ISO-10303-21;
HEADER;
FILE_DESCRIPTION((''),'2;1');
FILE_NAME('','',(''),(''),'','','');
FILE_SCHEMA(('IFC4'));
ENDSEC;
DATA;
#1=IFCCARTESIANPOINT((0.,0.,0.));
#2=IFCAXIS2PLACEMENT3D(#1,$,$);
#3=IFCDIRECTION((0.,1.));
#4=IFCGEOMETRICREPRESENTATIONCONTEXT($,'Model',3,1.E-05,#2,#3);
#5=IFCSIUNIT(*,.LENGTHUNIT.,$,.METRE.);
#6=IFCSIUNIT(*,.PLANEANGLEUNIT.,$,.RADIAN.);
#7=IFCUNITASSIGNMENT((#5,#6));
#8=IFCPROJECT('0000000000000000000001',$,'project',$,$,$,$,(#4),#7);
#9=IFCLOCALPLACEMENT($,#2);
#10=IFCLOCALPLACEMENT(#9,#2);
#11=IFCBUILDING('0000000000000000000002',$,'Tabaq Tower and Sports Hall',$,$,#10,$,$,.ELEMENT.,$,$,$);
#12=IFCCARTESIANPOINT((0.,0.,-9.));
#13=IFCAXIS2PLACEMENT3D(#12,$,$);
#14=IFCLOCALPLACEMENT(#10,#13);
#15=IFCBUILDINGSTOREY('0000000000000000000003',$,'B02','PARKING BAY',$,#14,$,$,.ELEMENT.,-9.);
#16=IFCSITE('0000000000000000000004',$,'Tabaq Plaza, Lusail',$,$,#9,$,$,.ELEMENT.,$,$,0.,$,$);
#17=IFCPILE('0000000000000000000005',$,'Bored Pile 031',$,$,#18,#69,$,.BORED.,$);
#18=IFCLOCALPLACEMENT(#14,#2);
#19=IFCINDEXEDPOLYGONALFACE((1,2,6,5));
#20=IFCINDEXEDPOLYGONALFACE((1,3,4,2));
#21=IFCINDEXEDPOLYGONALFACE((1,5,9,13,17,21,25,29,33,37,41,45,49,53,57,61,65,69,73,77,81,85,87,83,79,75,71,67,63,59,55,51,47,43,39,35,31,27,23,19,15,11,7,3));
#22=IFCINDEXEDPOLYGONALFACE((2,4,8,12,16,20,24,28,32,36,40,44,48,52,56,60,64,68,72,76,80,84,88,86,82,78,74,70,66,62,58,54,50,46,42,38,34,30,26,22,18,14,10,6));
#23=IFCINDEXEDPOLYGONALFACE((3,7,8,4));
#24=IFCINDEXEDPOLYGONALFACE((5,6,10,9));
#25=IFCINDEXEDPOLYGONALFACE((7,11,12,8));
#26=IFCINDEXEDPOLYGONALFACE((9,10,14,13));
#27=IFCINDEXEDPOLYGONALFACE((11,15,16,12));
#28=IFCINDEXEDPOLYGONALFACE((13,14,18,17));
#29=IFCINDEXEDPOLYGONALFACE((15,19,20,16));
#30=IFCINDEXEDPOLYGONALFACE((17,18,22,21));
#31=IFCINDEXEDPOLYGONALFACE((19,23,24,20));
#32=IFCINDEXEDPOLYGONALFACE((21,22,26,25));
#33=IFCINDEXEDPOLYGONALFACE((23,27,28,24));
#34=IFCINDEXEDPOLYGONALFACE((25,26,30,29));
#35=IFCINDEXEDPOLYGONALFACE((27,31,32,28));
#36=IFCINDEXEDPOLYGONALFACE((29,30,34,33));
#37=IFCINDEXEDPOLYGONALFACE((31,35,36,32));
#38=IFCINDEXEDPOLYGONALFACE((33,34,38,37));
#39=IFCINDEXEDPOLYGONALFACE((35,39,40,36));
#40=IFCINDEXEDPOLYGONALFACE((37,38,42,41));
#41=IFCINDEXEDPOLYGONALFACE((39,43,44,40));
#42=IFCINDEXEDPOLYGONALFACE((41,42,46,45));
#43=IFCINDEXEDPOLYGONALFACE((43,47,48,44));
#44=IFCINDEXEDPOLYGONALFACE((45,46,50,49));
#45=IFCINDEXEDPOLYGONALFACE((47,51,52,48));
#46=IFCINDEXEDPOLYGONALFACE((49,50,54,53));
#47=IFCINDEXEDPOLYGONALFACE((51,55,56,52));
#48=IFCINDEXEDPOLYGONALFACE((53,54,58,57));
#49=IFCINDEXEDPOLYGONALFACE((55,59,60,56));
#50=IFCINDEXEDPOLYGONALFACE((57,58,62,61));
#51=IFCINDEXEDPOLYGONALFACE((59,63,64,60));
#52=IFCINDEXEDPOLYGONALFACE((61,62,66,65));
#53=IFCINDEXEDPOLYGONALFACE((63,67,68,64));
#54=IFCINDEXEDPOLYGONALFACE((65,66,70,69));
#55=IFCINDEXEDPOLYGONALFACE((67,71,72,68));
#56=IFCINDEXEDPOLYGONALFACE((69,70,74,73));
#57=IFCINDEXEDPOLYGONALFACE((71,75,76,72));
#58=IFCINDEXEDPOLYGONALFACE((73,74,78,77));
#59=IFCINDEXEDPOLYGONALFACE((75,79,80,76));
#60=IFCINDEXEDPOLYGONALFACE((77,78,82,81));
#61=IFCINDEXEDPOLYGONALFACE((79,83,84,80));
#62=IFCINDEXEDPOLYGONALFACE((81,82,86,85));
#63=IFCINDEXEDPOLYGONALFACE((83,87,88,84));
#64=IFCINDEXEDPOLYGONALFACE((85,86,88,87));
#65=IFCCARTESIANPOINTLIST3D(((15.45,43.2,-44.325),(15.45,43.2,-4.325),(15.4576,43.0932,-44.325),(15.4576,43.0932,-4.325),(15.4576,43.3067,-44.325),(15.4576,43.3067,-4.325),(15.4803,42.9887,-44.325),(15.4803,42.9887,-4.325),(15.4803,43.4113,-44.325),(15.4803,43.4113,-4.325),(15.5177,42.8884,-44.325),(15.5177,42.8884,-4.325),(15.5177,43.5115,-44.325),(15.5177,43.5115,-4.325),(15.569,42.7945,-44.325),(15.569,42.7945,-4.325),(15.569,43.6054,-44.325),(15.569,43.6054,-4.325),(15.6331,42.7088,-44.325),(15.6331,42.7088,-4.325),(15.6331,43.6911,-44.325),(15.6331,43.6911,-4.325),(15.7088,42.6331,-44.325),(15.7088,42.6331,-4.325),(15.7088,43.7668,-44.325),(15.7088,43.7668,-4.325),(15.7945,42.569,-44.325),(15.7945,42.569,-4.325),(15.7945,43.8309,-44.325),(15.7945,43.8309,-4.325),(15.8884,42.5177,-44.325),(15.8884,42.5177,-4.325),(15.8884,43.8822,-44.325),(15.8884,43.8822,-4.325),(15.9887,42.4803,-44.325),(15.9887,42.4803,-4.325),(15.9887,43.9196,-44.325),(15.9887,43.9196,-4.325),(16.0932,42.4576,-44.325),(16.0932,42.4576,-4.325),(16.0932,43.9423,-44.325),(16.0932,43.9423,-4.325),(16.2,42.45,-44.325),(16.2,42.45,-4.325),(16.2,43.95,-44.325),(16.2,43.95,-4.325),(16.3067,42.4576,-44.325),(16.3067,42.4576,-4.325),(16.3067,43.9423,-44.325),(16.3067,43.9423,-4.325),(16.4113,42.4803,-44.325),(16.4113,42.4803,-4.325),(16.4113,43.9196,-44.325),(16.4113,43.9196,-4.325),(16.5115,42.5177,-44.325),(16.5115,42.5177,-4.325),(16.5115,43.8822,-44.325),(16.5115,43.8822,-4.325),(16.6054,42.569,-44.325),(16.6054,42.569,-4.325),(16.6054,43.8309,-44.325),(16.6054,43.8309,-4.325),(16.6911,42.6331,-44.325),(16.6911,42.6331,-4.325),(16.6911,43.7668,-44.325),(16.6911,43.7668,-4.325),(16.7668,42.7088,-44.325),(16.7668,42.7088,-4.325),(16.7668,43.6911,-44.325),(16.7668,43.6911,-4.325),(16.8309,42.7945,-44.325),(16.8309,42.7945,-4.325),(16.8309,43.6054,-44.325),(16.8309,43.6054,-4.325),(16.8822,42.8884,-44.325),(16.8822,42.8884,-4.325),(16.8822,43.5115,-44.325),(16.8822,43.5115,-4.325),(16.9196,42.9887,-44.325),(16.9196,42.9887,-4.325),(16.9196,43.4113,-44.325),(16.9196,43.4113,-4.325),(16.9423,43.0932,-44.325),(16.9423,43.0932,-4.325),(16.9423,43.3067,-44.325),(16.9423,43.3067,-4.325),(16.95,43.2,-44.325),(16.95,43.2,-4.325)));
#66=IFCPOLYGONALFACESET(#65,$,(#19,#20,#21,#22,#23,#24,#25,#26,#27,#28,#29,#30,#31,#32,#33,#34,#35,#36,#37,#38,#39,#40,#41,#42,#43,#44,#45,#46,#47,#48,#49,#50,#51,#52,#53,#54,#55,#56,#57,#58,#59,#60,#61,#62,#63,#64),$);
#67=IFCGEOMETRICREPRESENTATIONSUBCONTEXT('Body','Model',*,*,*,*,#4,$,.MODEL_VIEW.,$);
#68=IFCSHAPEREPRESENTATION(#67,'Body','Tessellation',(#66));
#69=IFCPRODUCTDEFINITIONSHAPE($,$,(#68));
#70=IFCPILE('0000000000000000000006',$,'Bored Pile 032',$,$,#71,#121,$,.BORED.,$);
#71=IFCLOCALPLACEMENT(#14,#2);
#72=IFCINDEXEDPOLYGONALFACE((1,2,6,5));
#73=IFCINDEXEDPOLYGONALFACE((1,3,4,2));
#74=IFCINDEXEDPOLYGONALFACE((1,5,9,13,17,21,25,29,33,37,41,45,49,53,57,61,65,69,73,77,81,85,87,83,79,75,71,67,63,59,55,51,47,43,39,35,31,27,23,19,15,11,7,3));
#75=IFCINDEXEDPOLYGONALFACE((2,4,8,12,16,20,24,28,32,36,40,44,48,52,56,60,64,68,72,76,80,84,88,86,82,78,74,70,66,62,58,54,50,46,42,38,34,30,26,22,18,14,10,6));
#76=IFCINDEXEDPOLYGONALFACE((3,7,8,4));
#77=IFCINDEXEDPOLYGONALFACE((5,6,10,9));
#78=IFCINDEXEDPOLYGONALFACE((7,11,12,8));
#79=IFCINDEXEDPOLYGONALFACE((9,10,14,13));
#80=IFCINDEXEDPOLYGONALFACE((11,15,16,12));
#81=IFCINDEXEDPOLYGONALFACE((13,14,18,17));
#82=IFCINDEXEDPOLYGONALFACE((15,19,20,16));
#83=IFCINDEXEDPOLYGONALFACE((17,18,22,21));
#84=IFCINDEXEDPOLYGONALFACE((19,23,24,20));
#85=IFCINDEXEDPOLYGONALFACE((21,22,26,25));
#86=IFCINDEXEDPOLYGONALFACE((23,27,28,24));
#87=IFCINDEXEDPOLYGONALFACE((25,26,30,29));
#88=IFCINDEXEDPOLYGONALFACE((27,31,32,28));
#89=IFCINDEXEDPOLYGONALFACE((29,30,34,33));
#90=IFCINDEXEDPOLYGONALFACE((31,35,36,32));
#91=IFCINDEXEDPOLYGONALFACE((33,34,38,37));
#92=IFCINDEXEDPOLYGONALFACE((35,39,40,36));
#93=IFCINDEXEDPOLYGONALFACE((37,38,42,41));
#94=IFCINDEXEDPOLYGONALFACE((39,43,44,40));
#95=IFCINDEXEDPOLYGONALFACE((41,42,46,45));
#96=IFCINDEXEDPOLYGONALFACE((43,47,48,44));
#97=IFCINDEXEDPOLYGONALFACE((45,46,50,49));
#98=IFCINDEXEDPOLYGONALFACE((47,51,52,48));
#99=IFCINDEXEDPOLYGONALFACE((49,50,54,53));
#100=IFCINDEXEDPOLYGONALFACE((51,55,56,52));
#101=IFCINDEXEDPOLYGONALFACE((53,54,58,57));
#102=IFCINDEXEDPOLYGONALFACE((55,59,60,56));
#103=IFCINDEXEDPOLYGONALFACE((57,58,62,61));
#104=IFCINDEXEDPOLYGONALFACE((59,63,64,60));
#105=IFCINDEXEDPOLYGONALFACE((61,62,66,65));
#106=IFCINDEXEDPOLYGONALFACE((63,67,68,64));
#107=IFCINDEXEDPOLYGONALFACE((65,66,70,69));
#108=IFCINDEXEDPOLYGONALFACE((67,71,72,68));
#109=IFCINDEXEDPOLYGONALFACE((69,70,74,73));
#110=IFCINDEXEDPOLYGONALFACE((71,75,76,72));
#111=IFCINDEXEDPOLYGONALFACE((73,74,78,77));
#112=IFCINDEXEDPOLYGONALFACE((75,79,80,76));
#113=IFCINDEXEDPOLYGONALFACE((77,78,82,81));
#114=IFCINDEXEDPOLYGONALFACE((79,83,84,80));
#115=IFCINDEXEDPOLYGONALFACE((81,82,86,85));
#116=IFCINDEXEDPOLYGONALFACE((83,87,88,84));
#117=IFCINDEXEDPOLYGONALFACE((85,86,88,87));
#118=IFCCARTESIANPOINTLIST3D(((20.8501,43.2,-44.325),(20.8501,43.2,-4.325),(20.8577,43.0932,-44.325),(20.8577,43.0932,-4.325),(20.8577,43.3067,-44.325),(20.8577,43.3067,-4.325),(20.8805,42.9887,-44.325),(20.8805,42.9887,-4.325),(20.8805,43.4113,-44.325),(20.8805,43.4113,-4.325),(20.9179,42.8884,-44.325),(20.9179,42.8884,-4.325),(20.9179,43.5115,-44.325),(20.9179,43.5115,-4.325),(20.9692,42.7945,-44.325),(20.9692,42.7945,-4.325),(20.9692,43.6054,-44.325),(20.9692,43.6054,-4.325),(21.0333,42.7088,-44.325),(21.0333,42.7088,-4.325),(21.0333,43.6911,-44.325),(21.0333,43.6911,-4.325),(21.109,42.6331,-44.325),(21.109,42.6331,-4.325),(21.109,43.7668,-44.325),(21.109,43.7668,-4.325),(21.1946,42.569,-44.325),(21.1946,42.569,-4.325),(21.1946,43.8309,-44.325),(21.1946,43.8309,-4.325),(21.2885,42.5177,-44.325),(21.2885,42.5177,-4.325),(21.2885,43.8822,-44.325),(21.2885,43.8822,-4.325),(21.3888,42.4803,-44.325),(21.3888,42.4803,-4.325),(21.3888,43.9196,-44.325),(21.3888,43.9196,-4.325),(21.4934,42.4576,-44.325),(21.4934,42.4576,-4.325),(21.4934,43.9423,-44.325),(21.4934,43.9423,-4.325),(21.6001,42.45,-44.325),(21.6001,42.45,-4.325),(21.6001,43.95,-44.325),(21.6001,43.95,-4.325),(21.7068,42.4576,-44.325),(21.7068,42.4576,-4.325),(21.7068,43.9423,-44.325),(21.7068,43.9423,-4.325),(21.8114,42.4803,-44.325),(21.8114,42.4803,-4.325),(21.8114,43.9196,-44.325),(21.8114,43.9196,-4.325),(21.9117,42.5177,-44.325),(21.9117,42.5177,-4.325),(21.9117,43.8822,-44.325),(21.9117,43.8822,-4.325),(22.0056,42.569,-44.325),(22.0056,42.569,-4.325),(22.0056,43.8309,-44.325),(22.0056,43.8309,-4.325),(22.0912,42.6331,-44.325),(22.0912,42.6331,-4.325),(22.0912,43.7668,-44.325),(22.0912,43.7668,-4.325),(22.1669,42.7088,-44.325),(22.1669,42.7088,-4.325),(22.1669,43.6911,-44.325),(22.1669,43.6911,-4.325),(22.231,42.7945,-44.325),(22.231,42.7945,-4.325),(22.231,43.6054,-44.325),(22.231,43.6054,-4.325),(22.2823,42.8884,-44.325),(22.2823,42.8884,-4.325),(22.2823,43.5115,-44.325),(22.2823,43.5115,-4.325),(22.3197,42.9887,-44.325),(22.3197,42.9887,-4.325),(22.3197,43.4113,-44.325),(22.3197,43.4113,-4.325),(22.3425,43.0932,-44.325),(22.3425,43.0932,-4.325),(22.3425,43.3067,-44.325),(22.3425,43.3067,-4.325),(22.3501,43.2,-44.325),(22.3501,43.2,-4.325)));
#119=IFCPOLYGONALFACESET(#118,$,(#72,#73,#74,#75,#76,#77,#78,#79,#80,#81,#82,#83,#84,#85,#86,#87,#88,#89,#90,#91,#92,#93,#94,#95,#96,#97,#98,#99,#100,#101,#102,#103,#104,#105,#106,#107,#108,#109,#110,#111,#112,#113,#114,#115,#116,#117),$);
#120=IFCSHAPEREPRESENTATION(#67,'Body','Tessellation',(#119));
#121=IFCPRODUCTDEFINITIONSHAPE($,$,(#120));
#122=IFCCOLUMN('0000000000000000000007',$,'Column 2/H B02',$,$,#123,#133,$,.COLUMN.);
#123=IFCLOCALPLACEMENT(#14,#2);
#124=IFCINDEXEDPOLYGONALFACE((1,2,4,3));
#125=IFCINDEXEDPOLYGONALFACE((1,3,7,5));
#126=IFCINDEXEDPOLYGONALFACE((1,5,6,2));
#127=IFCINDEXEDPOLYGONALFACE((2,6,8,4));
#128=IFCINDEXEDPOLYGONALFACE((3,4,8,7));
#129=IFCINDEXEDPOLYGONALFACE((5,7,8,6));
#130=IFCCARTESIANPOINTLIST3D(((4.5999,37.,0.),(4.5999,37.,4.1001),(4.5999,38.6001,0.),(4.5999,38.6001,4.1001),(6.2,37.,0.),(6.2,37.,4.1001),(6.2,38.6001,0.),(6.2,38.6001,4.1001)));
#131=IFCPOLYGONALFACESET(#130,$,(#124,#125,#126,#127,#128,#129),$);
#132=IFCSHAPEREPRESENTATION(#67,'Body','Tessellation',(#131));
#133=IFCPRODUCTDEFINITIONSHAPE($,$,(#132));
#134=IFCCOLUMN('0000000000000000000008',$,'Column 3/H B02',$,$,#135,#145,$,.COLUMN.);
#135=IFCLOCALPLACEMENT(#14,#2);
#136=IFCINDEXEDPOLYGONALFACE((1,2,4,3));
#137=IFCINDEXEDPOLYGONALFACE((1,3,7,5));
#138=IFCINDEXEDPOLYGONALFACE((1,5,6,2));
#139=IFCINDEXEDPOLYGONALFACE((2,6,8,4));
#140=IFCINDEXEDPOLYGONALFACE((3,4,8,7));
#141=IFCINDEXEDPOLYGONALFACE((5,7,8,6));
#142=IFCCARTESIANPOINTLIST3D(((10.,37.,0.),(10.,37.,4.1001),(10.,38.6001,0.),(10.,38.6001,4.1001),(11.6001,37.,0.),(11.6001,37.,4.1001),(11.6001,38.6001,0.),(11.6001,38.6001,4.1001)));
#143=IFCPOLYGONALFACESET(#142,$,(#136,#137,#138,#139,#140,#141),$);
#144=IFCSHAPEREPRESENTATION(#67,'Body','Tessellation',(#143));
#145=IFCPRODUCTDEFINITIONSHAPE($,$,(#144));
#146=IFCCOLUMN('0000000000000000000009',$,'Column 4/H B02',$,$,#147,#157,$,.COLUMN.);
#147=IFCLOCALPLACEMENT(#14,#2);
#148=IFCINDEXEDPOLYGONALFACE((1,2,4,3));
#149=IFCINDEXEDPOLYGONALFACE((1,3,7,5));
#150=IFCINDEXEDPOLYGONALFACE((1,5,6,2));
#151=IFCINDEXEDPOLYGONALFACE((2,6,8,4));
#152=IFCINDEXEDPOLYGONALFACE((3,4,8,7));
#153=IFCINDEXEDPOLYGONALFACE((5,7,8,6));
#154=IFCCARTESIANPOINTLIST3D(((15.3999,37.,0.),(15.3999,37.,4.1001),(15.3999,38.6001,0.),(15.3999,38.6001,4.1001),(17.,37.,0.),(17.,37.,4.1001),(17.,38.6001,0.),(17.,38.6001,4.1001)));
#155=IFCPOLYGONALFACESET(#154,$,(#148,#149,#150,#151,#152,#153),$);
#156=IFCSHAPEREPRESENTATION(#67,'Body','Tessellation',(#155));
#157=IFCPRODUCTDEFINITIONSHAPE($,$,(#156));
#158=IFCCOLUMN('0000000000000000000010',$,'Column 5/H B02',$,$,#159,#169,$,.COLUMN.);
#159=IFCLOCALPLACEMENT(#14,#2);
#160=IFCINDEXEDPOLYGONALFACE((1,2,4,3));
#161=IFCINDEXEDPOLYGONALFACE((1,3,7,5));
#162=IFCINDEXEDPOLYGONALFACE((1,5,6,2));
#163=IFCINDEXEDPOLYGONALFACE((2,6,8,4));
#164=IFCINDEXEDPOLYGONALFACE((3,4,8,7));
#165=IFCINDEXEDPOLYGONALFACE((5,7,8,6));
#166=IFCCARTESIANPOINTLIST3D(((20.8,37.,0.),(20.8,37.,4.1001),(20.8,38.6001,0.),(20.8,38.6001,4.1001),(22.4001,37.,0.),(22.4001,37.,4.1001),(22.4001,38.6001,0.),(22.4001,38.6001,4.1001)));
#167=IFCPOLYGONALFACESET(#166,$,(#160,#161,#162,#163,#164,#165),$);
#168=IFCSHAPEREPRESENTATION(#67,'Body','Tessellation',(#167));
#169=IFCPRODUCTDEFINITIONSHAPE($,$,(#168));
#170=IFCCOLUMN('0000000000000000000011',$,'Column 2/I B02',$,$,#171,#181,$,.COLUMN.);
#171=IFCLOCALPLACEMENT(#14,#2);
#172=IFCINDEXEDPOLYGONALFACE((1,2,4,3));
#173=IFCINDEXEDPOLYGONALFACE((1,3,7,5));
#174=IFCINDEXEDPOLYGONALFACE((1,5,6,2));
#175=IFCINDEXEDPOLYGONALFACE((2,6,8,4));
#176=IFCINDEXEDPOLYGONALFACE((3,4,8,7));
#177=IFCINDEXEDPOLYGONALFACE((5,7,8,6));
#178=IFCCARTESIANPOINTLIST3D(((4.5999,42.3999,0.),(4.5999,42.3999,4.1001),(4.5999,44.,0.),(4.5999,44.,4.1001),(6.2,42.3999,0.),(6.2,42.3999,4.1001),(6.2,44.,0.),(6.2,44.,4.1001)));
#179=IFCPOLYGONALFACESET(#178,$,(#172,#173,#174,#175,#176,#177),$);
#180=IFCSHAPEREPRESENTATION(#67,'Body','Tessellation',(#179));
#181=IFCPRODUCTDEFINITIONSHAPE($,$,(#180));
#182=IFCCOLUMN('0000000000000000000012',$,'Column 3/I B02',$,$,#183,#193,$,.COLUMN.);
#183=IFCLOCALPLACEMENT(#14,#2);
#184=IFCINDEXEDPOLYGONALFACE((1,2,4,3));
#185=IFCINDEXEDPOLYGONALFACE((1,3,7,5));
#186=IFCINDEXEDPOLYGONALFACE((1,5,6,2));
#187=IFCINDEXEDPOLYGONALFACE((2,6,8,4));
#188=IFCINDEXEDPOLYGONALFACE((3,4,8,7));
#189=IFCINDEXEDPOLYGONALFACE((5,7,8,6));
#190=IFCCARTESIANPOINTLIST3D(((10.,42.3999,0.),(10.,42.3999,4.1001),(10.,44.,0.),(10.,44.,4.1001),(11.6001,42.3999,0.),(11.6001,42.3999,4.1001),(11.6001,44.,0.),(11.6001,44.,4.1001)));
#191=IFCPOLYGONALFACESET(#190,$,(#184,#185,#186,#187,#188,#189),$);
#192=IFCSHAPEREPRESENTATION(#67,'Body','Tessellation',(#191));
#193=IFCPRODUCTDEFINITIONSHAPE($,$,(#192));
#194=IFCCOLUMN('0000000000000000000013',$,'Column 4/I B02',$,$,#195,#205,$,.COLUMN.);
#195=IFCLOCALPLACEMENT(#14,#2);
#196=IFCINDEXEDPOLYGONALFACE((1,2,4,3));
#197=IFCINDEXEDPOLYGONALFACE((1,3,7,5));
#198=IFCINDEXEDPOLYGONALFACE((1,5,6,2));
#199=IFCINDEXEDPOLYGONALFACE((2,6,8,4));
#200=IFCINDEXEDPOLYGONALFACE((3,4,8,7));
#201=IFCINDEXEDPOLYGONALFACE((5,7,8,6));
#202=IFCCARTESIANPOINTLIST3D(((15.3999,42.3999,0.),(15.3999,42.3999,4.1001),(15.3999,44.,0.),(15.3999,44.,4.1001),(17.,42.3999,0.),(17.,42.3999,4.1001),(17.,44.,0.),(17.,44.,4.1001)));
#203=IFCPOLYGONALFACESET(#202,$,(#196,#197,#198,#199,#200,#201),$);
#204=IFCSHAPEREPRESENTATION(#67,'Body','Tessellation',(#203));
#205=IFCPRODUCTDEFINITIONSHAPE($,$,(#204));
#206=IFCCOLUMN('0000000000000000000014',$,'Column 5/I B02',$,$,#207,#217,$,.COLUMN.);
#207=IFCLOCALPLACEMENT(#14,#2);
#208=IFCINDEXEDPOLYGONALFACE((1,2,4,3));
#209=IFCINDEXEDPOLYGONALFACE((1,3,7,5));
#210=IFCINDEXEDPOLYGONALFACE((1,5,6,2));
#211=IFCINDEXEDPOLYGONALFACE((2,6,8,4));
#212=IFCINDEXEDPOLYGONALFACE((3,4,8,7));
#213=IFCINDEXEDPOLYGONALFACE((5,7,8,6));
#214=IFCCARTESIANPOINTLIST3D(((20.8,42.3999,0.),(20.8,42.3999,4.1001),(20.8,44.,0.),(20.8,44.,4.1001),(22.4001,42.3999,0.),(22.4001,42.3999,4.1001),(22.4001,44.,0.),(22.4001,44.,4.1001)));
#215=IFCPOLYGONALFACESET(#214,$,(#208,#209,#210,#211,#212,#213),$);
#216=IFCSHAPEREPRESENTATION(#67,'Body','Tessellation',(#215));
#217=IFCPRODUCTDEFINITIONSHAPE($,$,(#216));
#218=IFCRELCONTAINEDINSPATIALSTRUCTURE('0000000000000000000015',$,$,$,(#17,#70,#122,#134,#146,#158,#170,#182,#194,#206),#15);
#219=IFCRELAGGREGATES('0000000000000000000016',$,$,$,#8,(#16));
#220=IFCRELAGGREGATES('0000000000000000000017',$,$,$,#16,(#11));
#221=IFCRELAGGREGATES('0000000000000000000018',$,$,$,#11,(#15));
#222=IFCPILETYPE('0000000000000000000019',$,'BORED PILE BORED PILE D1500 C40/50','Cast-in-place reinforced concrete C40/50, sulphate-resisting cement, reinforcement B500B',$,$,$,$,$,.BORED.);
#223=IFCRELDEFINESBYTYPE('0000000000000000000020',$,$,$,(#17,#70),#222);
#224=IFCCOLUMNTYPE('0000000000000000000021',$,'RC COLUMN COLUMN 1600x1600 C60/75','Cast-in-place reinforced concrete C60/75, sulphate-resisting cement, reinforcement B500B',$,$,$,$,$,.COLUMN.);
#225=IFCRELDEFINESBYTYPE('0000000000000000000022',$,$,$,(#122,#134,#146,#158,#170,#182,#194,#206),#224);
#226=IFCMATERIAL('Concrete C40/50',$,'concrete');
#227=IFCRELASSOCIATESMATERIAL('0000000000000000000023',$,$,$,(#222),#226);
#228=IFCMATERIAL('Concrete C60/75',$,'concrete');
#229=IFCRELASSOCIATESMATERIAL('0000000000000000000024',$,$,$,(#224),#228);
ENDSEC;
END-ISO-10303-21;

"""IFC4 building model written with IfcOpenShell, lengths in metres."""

from ifc_helpers import new_model, si_unit, direction, frame, origin, origin_2d, place, context, subcontext, project, spatial, rectangle, circle, extrude, material, material_profile, profile_set, type_object, element, save


model = new_model("IFC4")

# Units and contexts
model_context = context("Model", 3, precision=1e-05, world=origin(), true_north=direction((0.0, 1.0)))
body_context = subcontext(model_context, "Body", "Model", "MODEL_VIEW")
ifc_project = project(units=[si_unit("LENGTHUNIT", "METRE"), si_unit("PLANEANGLEUNIT", "RADIAN")], contexts=[model_context])

# Site, building, storey
site_placement = place(None, origin())
site = spatial("IfcSite", under=ifc_project, at=site_placement, Name="Tabaq Plaza, Lusail", CompositionType="ELEMENT", RefElevation=0.0)
building_placement = place(site_placement, origin())
building = spatial("IfcBuilding", under=site, at=building_placement, Name="Tabaq Tower and Sports Hall", CompositionType="ELEMENT")
storey_placement = place(building_placement, frame((0.0, 0.0, -9.0)))
storey = spatial("IfcBuildingStorey", under=building, at=storey_placement, Name="B02", Description="PARKING BAY", CompositionType="ELEMENT", Elevation=-9.0)

# Piles
ifc_material_1 = material(Name="Concrete C40/50", Category="concrete")
ifc_material_profile_1 = material_profile(ifc_material_1, circle(Radius=0.75, at=origin_2d()), Name="BORED PILE D1500")
ifc_profile_set_1 = profile_set([ifc_material_profile_1], Name="Concrete C40/50")
pile_type = type_object("IfcPileType", Name="BORED PILE BORED PILE D1500 C40/50", Description="Cast-in-place reinforced concrete C40/50, sulphate-resisting cement, reinforcement B500B", PredefinedType="BORED", material=ifc_profile_set_1)
for number, where, z_axis, x_axis, name in (
    (1, (16.2, 43.2, -4.325), (0.0, 0.0, -1.0), (1.0, 0.0, 0.0), "Bored Pile 031"),
    (2, (21.6001, 43.2, -4.325), (0.0, 0.0, -1.0), (1.0, 0.0, 0.0), "Bored Pile 032"),
):
    element("IfcPile", number, at=place(storey_placement, frame(where, z_axis=z_axis, x_axis=x_axis)), inside=storey, type_object=pile_type, Name=name, PredefinedType="BORED", context=body_context, shape_type="SweptSolid", body=[
        extrude(circle(Radius=0.75, at=origin_2d()), origin(), (0.0, 0.0, 1.0), 40.0),
    ])

# Columns
ifc_material_2 = material(Name="Concrete C60/75", Category="concrete")
ifc_material_profile_2 = material_profile(ifc_material_2, rectangle(XDim=1.6001, YDim=1.6001, at=origin_2d()), Name="COLUMN 1600x1600")
ifc_profile_set_2 = profile_set([ifc_material_profile_2], Name="Concrete C60/75")
column_type_1 = type_object("IfcColumnType", Name="RC COLUMN COLUMN 1600x1600 C60/75", Description="Cast-in-place reinforced concrete C60/75, sulphate-resisting cement, reinforcement B500B", PredefinedType="COLUMN", material=ifc_profile_set_2)
for number, where, z_axis, x_axis, name in (
    (3, (5.3999, 37.8, 0.0), (0.0, 0.0, 1.0), (1.0, 0.0, 0.0), "Column 2/H B02"),
    (4, (10.8, 37.8, 0.0), (0.0, 0.0, 1.0), (1.0, 0.0, 0.0), "Column 3/H B02"),
    (5, (16.2, 37.8, 0.0), (0.0, 0.0, 1.0), (1.0, 0.0, 0.0), "Column 4/H B02"),
    (6, (21.6001, 37.8, 0.0), (0.0, 0.0, 1.0), (1.0, 0.0, 0.0), "Column 5/H B02"),
    (7, (5.3999, 43.2, 0.0), (0.0, 0.0, 1.0), (1.0, 0.0, 0.0), "Column 2/I B02"),
    (8, (10.8, 43.2, 0.0), (0.0, 0.0, 1.0), (1.0, 0.0, 0.0), "Column 3/I B02"),
    (9, (16.2, 43.2, 0.0), (0.0, 0.0, 1.0), (1.0, 0.0, 0.0), "Column 4/I B02"),
    (10, (21.6001, 43.2, 0.0), (0.0, 0.0, 1.0), (1.0, 0.0, 0.0), "Column 5/I B02"),
):
    element("IfcColumn", number, at=place(storey_placement, frame(where, z_axis=z_axis, x_axis=x_axis)), inside=storey, type_object=column_type_1, Name=name, PredefinedType="COLUMN", context=body_context, shape_type="SweptSolid", body=[
        extrude(rectangle(XDim=1.6001, YDim=1.6001, at=origin_2d()), origin(), (0.0, 0.0, 1.0), 4.1001),
    ])

save(model, "model.ifc")
